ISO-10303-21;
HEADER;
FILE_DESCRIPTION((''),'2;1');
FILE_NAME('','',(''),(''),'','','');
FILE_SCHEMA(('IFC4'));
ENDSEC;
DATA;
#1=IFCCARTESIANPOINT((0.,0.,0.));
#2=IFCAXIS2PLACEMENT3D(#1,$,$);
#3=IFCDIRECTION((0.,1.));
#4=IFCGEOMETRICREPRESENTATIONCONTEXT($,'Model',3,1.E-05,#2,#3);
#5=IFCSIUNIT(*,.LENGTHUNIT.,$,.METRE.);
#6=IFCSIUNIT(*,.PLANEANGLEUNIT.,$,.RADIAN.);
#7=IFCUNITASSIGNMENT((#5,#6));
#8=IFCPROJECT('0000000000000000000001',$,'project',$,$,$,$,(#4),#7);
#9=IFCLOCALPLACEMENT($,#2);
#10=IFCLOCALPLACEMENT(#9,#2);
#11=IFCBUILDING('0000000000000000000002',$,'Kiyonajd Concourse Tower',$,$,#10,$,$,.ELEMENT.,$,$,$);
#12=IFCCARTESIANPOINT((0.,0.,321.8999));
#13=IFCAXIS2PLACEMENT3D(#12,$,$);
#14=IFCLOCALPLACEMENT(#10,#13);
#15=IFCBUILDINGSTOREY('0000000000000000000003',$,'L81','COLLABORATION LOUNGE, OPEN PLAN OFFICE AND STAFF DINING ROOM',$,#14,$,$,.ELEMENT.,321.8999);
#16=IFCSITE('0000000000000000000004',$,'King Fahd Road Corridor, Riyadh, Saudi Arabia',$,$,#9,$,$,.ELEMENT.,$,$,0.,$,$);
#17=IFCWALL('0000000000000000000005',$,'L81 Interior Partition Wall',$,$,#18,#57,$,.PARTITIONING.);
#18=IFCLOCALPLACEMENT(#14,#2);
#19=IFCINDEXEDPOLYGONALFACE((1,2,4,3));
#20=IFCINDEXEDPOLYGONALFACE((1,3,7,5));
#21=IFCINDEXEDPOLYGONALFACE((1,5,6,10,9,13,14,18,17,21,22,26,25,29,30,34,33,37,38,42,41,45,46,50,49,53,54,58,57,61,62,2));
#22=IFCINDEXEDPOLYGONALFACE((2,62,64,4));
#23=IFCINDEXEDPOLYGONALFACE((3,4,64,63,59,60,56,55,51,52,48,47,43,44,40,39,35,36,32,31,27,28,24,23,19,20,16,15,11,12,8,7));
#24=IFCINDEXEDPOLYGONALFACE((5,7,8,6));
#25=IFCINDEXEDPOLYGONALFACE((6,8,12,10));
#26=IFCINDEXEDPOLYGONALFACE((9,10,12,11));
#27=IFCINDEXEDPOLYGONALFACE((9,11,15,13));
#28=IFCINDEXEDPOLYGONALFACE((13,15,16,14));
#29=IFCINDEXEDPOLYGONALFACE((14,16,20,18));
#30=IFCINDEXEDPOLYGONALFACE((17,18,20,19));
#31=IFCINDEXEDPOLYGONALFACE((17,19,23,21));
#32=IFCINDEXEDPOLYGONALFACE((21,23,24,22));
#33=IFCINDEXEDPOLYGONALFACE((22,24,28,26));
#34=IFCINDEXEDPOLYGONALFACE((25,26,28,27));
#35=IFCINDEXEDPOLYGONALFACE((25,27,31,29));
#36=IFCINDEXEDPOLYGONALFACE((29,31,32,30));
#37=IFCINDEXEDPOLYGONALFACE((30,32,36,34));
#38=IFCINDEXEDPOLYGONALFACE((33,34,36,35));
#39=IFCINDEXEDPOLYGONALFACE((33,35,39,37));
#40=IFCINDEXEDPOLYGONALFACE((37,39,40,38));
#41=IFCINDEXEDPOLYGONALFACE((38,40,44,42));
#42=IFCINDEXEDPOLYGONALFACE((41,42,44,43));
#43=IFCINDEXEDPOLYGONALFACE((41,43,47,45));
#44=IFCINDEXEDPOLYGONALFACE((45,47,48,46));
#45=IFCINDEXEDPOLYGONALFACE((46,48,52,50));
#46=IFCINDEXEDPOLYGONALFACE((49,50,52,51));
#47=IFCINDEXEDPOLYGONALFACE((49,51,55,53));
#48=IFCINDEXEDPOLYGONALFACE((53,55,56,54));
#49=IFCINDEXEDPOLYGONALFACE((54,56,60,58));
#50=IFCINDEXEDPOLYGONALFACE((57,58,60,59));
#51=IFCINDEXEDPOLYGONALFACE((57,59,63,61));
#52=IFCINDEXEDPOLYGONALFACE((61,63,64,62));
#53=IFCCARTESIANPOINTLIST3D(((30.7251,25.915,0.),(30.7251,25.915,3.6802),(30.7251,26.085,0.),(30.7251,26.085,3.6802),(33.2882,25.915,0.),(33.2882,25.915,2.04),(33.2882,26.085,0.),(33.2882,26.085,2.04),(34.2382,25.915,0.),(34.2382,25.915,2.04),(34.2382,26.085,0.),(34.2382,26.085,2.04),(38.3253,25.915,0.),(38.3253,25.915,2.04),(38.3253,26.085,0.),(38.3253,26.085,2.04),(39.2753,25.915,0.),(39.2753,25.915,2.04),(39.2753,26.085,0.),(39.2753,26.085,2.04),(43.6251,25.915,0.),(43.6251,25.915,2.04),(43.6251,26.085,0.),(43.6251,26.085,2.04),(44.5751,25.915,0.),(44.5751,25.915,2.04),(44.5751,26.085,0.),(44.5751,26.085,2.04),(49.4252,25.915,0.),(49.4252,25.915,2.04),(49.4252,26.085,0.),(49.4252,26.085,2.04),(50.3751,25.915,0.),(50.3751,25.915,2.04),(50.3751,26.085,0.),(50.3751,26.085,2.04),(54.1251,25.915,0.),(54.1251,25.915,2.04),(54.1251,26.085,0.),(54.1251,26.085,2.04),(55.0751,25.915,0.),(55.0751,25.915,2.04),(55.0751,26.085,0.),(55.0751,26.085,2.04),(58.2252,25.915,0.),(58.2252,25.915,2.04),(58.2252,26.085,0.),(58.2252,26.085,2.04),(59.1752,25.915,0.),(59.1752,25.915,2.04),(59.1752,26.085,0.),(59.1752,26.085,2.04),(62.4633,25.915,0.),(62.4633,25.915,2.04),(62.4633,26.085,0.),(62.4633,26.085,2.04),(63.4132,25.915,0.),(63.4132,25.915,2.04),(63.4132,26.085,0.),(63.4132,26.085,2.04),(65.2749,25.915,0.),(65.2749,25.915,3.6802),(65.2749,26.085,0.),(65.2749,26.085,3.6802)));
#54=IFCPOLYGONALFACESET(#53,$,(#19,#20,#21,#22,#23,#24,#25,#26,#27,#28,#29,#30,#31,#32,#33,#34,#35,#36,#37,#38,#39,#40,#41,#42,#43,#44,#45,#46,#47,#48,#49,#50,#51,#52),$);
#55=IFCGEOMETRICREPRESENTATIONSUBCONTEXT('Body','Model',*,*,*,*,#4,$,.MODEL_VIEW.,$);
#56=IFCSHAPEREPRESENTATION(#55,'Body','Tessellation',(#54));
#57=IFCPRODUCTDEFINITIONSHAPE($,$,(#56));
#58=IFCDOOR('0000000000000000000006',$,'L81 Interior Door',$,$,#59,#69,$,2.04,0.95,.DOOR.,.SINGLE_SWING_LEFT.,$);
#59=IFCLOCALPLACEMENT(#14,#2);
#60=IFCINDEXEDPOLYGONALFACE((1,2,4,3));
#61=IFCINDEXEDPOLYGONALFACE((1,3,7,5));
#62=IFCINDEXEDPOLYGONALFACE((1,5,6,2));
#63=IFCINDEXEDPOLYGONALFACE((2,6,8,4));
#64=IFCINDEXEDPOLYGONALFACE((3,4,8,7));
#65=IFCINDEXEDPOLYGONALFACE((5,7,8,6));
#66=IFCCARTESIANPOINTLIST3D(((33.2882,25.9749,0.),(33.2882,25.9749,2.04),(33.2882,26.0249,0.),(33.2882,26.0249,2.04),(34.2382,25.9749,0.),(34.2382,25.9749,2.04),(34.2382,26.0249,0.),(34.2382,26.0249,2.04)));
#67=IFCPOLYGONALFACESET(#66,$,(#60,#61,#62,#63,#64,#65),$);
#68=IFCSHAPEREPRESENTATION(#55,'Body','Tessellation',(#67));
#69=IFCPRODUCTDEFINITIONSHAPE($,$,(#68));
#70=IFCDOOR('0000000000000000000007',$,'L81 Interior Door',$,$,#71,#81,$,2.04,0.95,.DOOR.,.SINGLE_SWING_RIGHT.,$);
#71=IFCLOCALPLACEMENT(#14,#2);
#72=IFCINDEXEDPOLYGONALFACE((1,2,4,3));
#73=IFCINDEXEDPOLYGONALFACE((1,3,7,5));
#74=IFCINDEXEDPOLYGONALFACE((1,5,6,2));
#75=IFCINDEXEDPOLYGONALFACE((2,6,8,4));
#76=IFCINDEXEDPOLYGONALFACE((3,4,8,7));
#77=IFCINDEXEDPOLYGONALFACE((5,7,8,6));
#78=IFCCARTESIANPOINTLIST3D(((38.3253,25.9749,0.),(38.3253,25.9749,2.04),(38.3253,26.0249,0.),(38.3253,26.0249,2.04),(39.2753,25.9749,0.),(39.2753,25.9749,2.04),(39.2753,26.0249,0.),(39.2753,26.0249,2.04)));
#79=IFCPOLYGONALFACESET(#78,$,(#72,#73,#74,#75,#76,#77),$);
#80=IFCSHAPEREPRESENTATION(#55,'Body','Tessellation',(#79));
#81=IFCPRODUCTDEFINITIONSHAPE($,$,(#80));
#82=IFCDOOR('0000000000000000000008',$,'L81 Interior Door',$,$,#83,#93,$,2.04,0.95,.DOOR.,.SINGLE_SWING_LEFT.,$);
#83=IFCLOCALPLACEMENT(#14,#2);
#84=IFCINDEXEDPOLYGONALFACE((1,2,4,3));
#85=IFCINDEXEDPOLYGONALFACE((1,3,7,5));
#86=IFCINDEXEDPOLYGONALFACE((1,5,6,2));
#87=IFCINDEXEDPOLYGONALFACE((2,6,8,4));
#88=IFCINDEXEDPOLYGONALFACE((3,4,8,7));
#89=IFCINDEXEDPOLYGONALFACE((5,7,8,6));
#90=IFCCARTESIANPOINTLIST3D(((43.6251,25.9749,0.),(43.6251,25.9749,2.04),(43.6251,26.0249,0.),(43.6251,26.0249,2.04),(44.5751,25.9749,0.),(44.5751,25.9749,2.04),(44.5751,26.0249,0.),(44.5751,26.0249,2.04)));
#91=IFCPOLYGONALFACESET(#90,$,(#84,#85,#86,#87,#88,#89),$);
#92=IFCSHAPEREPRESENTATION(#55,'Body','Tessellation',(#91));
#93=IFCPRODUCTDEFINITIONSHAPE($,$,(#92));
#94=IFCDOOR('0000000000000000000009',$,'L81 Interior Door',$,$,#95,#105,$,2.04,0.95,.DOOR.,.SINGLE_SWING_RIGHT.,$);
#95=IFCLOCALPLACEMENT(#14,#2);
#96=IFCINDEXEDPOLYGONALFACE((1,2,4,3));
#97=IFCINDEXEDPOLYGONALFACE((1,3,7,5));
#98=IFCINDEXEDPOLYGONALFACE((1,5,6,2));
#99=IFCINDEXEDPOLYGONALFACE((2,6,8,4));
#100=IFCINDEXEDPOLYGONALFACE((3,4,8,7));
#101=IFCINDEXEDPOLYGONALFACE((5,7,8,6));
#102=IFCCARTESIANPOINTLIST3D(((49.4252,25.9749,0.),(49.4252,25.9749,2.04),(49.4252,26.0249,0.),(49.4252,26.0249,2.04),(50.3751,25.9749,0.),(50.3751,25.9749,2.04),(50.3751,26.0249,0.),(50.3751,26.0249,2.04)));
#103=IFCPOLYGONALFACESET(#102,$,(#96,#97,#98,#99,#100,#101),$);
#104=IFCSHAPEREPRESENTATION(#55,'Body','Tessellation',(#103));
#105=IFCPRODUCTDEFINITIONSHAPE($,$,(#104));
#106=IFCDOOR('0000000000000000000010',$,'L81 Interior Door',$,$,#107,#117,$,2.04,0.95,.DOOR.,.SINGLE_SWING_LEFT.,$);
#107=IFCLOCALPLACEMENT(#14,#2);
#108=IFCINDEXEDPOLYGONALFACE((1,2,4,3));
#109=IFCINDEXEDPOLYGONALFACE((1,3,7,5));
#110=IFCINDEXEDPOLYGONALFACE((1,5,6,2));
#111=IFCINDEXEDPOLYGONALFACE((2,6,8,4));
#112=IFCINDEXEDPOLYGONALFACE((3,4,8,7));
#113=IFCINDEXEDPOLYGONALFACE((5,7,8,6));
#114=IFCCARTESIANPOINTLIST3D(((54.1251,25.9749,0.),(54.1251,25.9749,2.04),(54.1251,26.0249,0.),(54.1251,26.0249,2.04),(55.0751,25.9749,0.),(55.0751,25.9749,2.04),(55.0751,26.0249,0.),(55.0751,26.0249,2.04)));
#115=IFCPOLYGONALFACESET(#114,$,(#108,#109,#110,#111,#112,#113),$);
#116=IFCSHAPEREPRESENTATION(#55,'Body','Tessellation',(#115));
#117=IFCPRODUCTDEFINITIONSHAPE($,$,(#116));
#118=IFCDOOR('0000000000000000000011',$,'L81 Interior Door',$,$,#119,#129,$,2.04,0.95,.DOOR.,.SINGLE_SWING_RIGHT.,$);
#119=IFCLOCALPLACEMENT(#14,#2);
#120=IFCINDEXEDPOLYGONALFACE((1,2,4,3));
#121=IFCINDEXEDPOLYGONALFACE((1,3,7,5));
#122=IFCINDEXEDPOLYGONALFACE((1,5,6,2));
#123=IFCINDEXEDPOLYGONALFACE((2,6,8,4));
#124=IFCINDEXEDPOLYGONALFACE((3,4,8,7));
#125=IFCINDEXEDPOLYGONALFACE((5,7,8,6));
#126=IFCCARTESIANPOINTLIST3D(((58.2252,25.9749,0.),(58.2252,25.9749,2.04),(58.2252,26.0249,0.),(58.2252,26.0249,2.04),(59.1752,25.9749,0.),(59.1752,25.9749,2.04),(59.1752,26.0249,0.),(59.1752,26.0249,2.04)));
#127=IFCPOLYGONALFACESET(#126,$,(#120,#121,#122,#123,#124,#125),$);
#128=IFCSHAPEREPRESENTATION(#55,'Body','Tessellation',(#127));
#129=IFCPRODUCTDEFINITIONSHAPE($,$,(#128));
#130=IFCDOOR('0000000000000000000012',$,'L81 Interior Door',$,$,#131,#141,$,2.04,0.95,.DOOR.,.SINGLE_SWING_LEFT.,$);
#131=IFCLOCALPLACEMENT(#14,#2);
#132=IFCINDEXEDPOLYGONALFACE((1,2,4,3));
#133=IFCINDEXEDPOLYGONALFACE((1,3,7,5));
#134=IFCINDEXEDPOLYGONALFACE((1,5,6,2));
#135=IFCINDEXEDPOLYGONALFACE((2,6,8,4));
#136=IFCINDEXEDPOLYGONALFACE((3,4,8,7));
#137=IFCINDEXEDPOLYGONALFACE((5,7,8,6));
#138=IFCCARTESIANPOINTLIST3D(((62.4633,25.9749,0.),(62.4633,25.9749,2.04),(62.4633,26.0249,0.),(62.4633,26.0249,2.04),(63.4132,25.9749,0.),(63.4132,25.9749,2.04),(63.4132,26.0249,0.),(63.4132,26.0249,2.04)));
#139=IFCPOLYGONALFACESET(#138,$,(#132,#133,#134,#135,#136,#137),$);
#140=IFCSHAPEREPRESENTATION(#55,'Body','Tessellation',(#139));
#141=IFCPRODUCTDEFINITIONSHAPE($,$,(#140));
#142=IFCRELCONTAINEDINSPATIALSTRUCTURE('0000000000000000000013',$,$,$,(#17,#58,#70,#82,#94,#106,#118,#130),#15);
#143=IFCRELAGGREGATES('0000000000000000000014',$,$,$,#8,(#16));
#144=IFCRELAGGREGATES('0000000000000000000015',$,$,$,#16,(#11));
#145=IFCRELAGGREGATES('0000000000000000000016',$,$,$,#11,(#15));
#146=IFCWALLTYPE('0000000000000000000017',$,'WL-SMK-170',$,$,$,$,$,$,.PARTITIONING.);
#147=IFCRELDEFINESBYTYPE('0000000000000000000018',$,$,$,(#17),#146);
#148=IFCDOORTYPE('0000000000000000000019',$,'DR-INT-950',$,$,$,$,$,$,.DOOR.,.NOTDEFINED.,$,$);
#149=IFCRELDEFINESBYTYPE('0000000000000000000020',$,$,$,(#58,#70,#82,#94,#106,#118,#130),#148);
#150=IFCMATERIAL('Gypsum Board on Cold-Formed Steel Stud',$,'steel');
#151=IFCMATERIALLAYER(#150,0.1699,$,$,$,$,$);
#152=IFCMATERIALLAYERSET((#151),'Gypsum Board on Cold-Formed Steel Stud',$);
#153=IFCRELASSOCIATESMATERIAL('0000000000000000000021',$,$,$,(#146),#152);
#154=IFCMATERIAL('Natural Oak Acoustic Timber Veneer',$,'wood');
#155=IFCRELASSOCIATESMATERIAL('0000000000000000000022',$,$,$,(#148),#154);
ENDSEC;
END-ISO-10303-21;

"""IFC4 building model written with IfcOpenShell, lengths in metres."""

from ifc_helpers import new_model, si_unit, direction, frame, frame_2d, origin, place, context, subcontext, project, spatial, rectangle, extrude, material, layer, layer_set, type_object, element, fill, save


model = new_model("IFC4")

# Units and contexts
model_context = context("Model", 3, precision=1e-05, world=origin(), true_north=direction((0.0, 1.0)))
body_context = subcontext(model_context, "Body", "Model", "MODEL_VIEW")
ifc_project = project(units=[si_unit("LENGTHUNIT", "METRE"), si_unit("PLANEANGLEUNIT", "RADIAN")], contexts=[model_context])

# Site, building, storey
site_placement = place(None, origin())
site = spatial("IfcSite", under=ifc_project, at=site_placement, Name="King Fahd Road Corridor, Riyadh, Saudi Arabia", CompositionType="ELEMENT", RefElevation=0.0)
building_placement = place(site_placement, origin())
building = spatial("IfcBuilding", under=site, at=building_placement, Name="Kiyonajd Concourse Tower", CompositionType="ELEMENT")
storey_placement = place(building_placement, frame((0.0, 0.0, 321.8999)))
storey = spatial("IfcBuildingStorey", under=building, at=storey_placement, Name="L81", Description="COLLABORATION LOUNGE, OPEN PLAN OFFICE AND STAFF DINING ROOM", CompositionType="ELEMENT", Elevation=321.8999)

# Wall, openings, doors
ifc_material_1 = material(Name="Gypsum Board on Cold-Formed Steel Stud", Category="steel")
ifc_layer_1 = layer(ifc_material_1, 0.1699)
ifc_layer_set_1 = layer_set([ifc_layer_1], Name="Gypsum Board on Cold-Formed Steel Stud")
wall_type_1 = type_object("IfcWallType", Name="WL-SMK-170", PredefinedType="PARTITIONING", material=ifc_layer_set_1)
wall_1_placement = place(storey_placement, frame((30.7251, 26.0, 0.0), z_axis=(0.0, 0.0, 1.0), x_axis=(1.0, 0.0, 0.0)))
wall_1 = element("IfcWall", 1, at=wall_1_placement, inside=storey, type_object=wall_type_1, Name="L81 Interior Partition Wall", PredefinedType="PARTITIONING", context=body_context, shape_type="SweptSolid", body=[
    extrude(rectangle(XDim=34.5498, YDim=0.1699, at=frame_2d((17.2749, 0.0))), origin(), (0.0, 0.0, 1.0), 3.6802),
])
opening_1_placement = place(wall_1_placement, frame((2.563, 0.0, 0.0)))
opening_1 = element("IfcOpeningElement", 2, at=opening_1_placement, cuts=wall_1, PredefinedType="OPENING", context=body_context, shape_type="SweptSolid", body=[
    extrude(rectangle(XDim=0.95, YDim=2.04, at=frame_2d((0.4751, 1.02))), frame((0.0, 0.095, 0.0), z_axis=(0.0, -1.0, 0.0), x_axis=(1.0, 0.0, 0.0)), (0.0, 0.0, 1.0), 0.1899),
])
opening_2_placement = place(wall_1_placement, frame((7.6001, 0.0, 0.0)))
opening_2 = element("IfcOpeningElement", 3, at=opening_2_placement, cuts=wall_1, PredefinedType="OPENING", context=body_context, shape_type="SweptSolid", body=[
    extrude(rectangle(XDim=0.95, YDim=2.04, at=frame_2d((0.4751, 1.02))), frame((0.0, 0.095, 0.0), z_axis=(0.0, -1.0, 0.0), x_axis=(1.0, 0.0, 0.0)), (0.0, 0.0, 1.0), 0.1899),
])
opening_3_placement = place(wall_1_placement, frame((12.8999, 0.0, 0.0)))
opening_3 = element("IfcOpeningElement", 4, at=opening_3_placement, cuts=wall_1, PredefinedType="OPENING", context=body_context, shape_type="SweptSolid", body=[
    extrude(rectangle(XDim=0.95, YDim=2.04, at=frame_2d((0.4751, 1.02))), frame((0.0, 0.095, 0.0), z_axis=(0.0, -1.0, 0.0), x_axis=(1.0, 0.0, 0.0)), (0.0, 0.0, 1.0), 0.1899),
])
opening_4_placement = place(wall_1_placement, frame((18.7, 0.0, 0.0)))
opening_4 = element("IfcOpeningElement", 5, at=opening_4_placement, cuts=wall_1, PredefinedType="OPENING", context=body_context, shape_type="SweptSolid", body=[
    extrude(rectangle(XDim=0.95, YDim=2.04, at=frame_2d((0.4751, 1.02))), frame((0.0, 0.095, 0.0), z_axis=(0.0, -1.0, 0.0), x_axis=(1.0, 0.0, 0.0)), (0.0, 0.0, 1.0), 0.1899),
])
opening_5_placement = place(wall_1_placement, frame((23.3999, 0.0, 0.0)))
opening_5 = element("IfcOpeningElement", 6, at=opening_5_placement, cuts=wall_1, PredefinedType="OPENING", context=body_context, shape_type="SweptSolid", body=[
    extrude(rectangle(XDim=0.95, YDim=2.04, at=frame_2d((0.4751, 1.02))), frame((0.0, 0.095, 0.0), z_axis=(0.0, -1.0, 0.0), x_axis=(1.0, 0.0, 0.0)), (0.0, 0.0, 1.0), 0.1899),
])
opening_6_placement = place(wall_1_placement, frame((27.5, 0.0, 0.0)))
opening_6 = element("IfcOpeningElement", 7, at=opening_6_placement, cuts=wall_1, PredefinedType="OPENING", context=body_context, shape_type="SweptSolid", body=[
    extrude(rectangle(XDim=0.95, YDim=2.04, at=frame_2d((0.4751, 1.02))), frame((0.0, 0.095, 0.0), z_axis=(0.0, -1.0, 0.0), x_axis=(1.0, 0.0, 0.0)), (0.0, 0.0, 1.0), 0.1899),
])
opening_7_placement = place(wall_1_placement, frame((31.738, 0.0, 0.0)))
opening_7 = element("IfcOpeningElement", 8, at=opening_7_placement, cuts=wall_1, PredefinedType="OPENING", context=body_context, shape_type="SweptSolid", body=[
    extrude(rectangle(XDim=0.95, YDim=2.04, at=frame_2d((0.4751, 1.02))), frame((0.0, 0.095, 0.0), z_axis=(0.0, -1.0, 0.0), x_axis=(1.0, 0.0, 0.0)), (0.0, 0.0, 1.0), 0.1899),
])
ifc_material_2 = material(Name="Natural Oak Acoustic Timber Veneer", Category="wood")
door_type_1 = type_object("IfcDoorType", Name="DR-INT-950", OperationType="NOTDEFINED", PredefinedType="DOOR", material=ifc_material_2)
door_1_placement = place(opening_1_placement, origin())
door_1 = element("IfcDoor", 9, at=door_1_placement, inside=storey, type_object=door_type_1, Name="L81 Interior Door", OperationType="SINGLE_SWING_LEFT", OverallHeight=2.04, OverallWidth=0.95, PredefinedType="DOOR", context=body_context, shape_type="SweptSolid", body=[
    extrude(rectangle(XDim=0.95, YDim=2.04, at=frame_2d((0.4751, 1.02))), frame((0.0, 0.0249, 0.0), z_axis=(0.0, -1.0, 0.0), x_axis=(1.0, 0.0, 0.0)), (0.0, 0.0, 1.0), 0.05),
])
fill(opening_1, door_1)
door_2_placement = place(opening_2_placement, origin())
door_2 = element("IfcDoor", 10, at=door_2_placement, inside=storey, type_object=door_type_1, Name="L81 Interior Door", OperationType="SINGLE_SWING_RIGHT", OverallHeight=2.04, OverallWidth=0.95, PredefinedType="DOOR", context=body_context, shape_type="SweptSolid", body=[
    extrude(rectangle(XDim=0.95, YDim=2.04, at=frame_2d((0.4751, 1.02))), frame((0.0, 0.0249, 0.0), z_axis=(0.0, -1.0, 0.0), x_axis=(1.0, 0.0, 0.0)), (0.0, 0.0, 1.0), 0.05),
])
fill(opening_2, door_2)
door_3_placement = place(opening_3_placement, origin())
door_3 = element("IfcDoor", 11, at=door_3_placement, inside=storey, type_object=door_type_1, Name="L81 Interior Door", OperationType="SINGLE_SWING_LEFT", OverallHeight=2.04, OverallWidth=0.95, PredefinedType="DOOR", context=body_context, shape_type="SweptSolid", body=[
    extrude(rectangle(XDim=0.95, YDim=2.04, at=frame_2d((0.4751, 1.02))), frame((0.0, 0.0249, 0.0), z_axis=(0.0, -1.0, 0.0), x_axis=(1.0, 0.0, 0.0)), (0.0, 0.0, 1.0), 0.05),
])
fill(opening_3, door_3)
door_4_placement = place(opening_4_placement, origin())
door_4 = element("IfcDoor", 12, at=door_4_placement, inside=storey, type_object=door_type_1, Name="L81 Interior Door", OperationType="SINGLE_SWING_RIGHT", OverallHeight=2.04, OverallWidth=0.95, PredefinedType="DOOR", context=body_context, shape_type="SweptSolid", body=[
    extrude(rectangle(XDim=0.95, YDim=2.04, at=frame_2d((0.4751, 1.02))), frame((0.0, 0.0249, 0.0), z_axis=(0.0, -1.0, 0.0), x_axis=(1.0, 0.0, 0.0)), (0.0, 0.0, 1.0), 0.05),
])
fill(opening_4, door_4)
door_5_placement = place(opening_5_placement, origin())
door_5 = element("IfcDoor", 13, at=door_5_placement, inside=storey, type_object=door_type_1, Name="L81 Interior Door", OperationType="SINGLE_SWING_LEFT", OverallHeight=2.04, OverallWidth=0.95, PredefinedType="DOOR", context=body_context, shape_type="SweptSolid", body=[
    extrude(rectangle(XDim=0.95, YDim=2.04, at=frame_2d((0.4751, 1.02))), frame((0.0, 0.0249, 0.0), z_axis=(0.0, -1.0, 0.0), x_axis=(1.0, 0.0, 0.0)), (0.0, 0.0, 1.0), 0.05),
])
fill(opening_5, door_5)
door_6_placement = place(opening_6_placement, origin())
door_6 = element("IfcDoor", 14, at=door_6_placement, inside=storey, type_object=door_type_1, Name="L81 Interior Door", OperationType="SINGLE_SWING_RIGHT", OverallHeight=2.04, OverallWidth=0.95, PredefinedType="DOOR", context=body_context, shape_type="SweptSolid", body=[
    extrude(rectangle(XDim=0.95, YDim=2.04, at=frame_2d((0.4751, 1.02))), frame((0.0, 0.0249, 0.0), z_axis=(0.0, -1.0, 0.0), x_axis=(1.0, 0.0, 0.0)), (0.0, 0.0, 1.0), 0.05),
])
fill(opening_6, door_6)
door_7_placement = place(opening_7_placement, origin())
door_7 = element("IfcDoor", 15, at=door_7_placement, inside=storey, type_object=door_type_1, Name="L81 Interior Door", OperationType="SINGLE_SWING_LEFT", OverallHeight=2.04, OverallWidth=0.95, PredefinedType="DOOR", context=body_context, shape_type="SweptSolid", body=[
    extrude(rectangle(XDim=0.95, YDim=2.04, at=frame_2d((0.4751, 1.02))), frame((0.0, 0.0249, 0.0), z_axis=(0.0, -1.0, 0.0), x_axis=(1.0, 0.0, 0.0)), (0.0, 0.0, 1.0), 0.05),
])
fill(opening_7, door_7)

save(model, "model.ifc")
